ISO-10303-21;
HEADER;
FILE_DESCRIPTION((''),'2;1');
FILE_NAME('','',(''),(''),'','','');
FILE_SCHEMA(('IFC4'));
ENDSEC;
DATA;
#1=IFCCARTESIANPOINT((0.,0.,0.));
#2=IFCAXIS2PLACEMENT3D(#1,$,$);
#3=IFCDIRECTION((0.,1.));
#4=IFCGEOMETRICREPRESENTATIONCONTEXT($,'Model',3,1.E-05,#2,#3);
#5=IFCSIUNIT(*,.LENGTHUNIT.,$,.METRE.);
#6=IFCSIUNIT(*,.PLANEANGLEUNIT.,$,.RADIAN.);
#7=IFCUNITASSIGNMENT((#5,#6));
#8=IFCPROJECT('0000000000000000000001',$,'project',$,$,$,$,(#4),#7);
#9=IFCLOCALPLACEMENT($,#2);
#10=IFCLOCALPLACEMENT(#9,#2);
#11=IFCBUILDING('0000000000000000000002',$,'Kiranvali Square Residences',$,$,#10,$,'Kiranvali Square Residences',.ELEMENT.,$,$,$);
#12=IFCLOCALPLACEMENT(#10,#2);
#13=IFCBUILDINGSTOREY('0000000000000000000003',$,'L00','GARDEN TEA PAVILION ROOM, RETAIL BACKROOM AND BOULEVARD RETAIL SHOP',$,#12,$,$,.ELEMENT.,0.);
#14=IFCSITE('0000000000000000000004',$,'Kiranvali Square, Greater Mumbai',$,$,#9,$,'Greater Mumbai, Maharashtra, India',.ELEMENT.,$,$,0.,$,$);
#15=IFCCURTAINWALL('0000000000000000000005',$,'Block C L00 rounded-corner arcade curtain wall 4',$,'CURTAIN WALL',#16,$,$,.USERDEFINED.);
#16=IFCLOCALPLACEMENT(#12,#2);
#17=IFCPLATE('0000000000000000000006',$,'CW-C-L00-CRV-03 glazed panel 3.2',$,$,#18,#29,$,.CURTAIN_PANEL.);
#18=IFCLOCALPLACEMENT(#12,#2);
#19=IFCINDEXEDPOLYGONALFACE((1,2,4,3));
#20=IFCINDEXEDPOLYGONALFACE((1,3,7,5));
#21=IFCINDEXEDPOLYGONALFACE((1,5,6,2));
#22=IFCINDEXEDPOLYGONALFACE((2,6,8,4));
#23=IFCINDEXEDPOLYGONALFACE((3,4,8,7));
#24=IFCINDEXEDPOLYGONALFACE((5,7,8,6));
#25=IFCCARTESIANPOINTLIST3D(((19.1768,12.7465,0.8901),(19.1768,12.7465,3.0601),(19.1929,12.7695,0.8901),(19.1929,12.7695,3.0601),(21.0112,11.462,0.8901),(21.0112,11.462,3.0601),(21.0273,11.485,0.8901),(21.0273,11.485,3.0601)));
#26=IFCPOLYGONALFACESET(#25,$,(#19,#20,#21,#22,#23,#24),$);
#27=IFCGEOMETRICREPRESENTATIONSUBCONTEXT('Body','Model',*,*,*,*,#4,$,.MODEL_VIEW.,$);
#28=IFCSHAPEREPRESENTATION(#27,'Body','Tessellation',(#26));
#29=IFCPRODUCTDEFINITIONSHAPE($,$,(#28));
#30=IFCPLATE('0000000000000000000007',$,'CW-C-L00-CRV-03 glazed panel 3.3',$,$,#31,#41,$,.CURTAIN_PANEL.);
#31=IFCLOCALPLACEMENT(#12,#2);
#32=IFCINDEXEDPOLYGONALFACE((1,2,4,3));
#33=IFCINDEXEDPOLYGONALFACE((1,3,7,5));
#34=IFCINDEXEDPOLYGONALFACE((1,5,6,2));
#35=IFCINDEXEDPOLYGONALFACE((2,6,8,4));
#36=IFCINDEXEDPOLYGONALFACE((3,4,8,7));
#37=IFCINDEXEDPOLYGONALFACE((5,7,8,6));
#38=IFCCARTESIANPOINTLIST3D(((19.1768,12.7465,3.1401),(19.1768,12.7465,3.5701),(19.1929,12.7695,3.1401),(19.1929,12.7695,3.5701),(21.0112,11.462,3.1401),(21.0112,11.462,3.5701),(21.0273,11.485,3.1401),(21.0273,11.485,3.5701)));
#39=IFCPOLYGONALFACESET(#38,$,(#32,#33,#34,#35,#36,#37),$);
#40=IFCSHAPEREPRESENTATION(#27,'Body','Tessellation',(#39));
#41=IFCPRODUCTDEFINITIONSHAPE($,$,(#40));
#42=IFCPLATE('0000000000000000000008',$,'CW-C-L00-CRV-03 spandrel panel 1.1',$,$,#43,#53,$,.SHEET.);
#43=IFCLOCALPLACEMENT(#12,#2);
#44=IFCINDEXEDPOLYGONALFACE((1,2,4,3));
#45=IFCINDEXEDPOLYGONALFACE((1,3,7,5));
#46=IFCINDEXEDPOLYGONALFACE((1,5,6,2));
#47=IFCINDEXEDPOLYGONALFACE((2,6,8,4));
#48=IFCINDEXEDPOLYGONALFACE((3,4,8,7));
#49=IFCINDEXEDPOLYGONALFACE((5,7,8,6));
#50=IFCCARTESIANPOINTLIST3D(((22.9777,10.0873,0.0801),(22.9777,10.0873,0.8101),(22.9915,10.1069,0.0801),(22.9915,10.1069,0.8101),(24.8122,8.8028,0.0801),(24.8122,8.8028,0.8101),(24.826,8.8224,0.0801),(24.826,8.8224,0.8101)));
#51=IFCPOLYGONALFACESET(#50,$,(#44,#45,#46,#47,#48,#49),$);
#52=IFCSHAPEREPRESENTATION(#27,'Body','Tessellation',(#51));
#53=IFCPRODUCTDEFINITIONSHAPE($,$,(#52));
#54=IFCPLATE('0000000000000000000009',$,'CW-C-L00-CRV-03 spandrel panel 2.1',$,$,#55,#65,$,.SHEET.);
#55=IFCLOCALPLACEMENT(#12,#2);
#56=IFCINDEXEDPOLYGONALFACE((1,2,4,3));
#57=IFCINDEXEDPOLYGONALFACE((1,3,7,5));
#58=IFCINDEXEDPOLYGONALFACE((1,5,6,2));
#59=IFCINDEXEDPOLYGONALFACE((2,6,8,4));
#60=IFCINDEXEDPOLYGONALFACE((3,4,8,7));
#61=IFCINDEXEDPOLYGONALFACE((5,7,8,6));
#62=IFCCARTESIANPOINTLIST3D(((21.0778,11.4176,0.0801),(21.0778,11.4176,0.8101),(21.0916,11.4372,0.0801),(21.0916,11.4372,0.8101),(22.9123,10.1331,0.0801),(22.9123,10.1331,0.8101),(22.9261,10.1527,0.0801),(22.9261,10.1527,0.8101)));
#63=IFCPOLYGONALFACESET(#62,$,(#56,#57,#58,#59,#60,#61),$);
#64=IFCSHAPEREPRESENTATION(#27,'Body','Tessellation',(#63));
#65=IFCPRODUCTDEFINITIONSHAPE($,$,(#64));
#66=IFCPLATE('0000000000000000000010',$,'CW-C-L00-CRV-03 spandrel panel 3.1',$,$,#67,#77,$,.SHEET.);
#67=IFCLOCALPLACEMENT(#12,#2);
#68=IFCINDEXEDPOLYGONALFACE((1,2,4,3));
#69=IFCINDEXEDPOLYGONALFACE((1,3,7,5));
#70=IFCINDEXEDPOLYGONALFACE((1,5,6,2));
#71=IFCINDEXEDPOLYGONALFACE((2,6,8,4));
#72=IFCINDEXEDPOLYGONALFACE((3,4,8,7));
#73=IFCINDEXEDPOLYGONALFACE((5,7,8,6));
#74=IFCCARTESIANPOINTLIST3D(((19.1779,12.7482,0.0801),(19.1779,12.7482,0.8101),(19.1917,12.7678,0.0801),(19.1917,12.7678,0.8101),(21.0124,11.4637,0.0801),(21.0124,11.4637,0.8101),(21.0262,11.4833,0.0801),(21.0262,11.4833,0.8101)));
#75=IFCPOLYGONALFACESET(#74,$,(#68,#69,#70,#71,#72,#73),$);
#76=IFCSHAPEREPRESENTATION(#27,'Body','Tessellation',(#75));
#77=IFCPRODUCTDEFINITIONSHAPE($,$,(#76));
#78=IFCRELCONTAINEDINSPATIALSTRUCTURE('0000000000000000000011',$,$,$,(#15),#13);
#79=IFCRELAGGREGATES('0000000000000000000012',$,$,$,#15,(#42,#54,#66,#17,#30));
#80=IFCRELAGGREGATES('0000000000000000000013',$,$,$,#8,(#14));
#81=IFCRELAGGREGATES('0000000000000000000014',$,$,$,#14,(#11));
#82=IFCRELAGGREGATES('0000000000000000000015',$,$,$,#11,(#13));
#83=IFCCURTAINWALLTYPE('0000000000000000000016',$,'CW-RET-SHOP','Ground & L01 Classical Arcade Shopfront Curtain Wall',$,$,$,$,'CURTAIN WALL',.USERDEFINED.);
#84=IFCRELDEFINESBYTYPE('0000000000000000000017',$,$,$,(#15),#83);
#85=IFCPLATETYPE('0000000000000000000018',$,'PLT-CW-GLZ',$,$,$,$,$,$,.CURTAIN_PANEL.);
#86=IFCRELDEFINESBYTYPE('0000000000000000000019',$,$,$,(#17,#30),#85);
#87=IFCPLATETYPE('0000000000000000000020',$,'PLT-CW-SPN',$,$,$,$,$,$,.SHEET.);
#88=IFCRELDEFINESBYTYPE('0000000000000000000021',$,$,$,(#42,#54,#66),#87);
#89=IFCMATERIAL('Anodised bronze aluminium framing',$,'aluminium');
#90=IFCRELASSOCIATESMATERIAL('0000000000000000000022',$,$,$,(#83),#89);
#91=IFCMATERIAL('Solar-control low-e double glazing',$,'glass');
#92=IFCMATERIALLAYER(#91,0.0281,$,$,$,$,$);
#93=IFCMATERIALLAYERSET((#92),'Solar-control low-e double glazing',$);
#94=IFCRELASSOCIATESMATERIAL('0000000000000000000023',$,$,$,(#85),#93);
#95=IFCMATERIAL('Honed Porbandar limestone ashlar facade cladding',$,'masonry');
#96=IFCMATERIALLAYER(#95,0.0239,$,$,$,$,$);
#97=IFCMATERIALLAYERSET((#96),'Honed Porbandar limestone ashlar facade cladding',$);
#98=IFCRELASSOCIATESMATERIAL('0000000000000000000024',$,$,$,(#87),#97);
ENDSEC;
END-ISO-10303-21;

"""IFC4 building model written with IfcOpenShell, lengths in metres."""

from ifc_helpers import new_model, si_unit, direction, frame, origin, origin_2d, place, context, subcontext, project, spatial, rectangle, extrude, material, layer, layer_set, type_object, element, aggregate, save


model = new_model("IFC4")

# Units and contexts
model_context = context("Model", 3, precision=1e-05, world=origin(), true_north=direction((0.0, 1.0)))
body_context = subcontext(model_context, "Body", "Model", "MODEL_VIEW")
ifc_project = project(units=[si_unit("LENGTHUNIT", "METRE"), si_unit("PLANEANGLEUNIT", "RADIAN")], contexts=[model_context])

# Site, building, storey
site_placement = place(None, origin())
site = spatial("IfcSite", under=ifc_project, at=site_placement, Name="Kiranvali Square, Greater Mumbai", LongName="Greater Mumbai, Maharashtra, India", CompositionType="ELEMENT", RefElevation=0.0)
building_placement = place(site_placement, origin())
building = spatial("IfcBuilding", under=site, at=building_placement, Name="Kiranvali Square Residences", LongName="Kiranvali Square Residences", CompositionType="ELEMENT")
storey_placement = place(building_placement, origin())
storey = spatial("IfcBuildingStorey", under=building, at=storey_placement, Name="L00", Description="GARDEN TEA PAVILION ROOM, RETAIL BACKROOM AND BOULEVARD RETAIL SHOP", CompositionType="ELEMENT", Elevation=0.0)

# Shared definitions
ifc_material_1 = material(Name="Anodised bronze aluminium framing", Category="aluminium")
curtain_wall_type = type_object("IfcCurtainWallType", Name="CW-RET-SHOP", Description="Ground & L01 Classical Arcade Shopfront Curtain Wall", ElementType="CURTAIN WALL", PredefinedType="USERDEFINED", material=ifc_material_1)

# Curtain wall
curtain_wall_1_placement = place(storey_placement, origin())
curtain_wall_1 = element("IfcCurtainWall", 1, at=curtain_wall_1_placement, inside=storey, type_object=curtain_wall_type, Name="Block C L00 rounded-corner arcade curtain wall 4", ObjectType="CURTAIN WALL", PredefinedType="USERDEFINED")

# Plates
ifc_material_2 = material(Name="Solar-control low-e double glazing", Category="glass")
ifc_layer_1 = layer(ifc_material_2, 0.0281)
ifc_layer_set_1 = layer_set([ifc_layer_1], Name="Solar-control low-e double glazing")
plate_type_1 = type_object("IfcPlateType", Name="PLT-CW-GLZ", PredefinedType="CURTAIN_PANEL", material=ifc_layer_set_1)
plate_1_placement = place(storey_placement, frame((20.1021, 12.1157, 0.8901), z_axis=(0.0, 0.0, 1.0), x_axis=(-0.819152, 0.573576, 0.0)))
plate_1 = element("IfcPlate", 2, at=plate_1_placement, type_object=plate_type_1, Name="CW-C-L00-CRV-03 glazed panel 3.2", PredefinedType="CURTAIN_PANEL", context=body_context, shape_type="SweptSolid", body=[
    extrude(rectangle(XDim=2.2395, YDim=0.0281, at=origin_2d()), origin(), (0.0, 0.0, 1.0), 2.1699),
])
plate_2_placement = place(storey_placement, frame((20.1021, 12.1157, 3.1401), z_axis=(0.0, 0.0, 1.0), x_axis=(-0.819152, 0.573576, 0.0)))
plate_2 = element("IfcPlate", 3, at=plate_2_placement, type_object=plate_type_1, Name="CW-C-L00-CRV-03 glazed panel 3.3", PredefinedType="CURTAIN_PANEL", context=body_context, shape_type="SweptSolid", body=[
    extrude(rectangle(XDim=2.2395, YDim=0.0281, at=origin_2d()), origin(), (0.0, 0.0, 1.0), 0.4299),
])
ifc_material_3 = material(Name="Honed Porbandar limestone ashlar facade cladding", Category="masonry")
ifc_layer_2 = layer(ifc_material_3, 0.0239)
ifc_layer_set_2 = layer_set([ifc_layer_2], Name="Honed Porbandar limestone ashlar facade cladding")
plate_type_2 = type_object("IfcPlateType", Name="PLT-CW-SPN", PredefinedType="SHEET", material=ifc_layer_set_2)
plate_3_placement = place(storey_placement, frame((23.9019, 9.4548, 0.0801), z_axis=(0.0, 0.0, 1.0), x_axis=(-0.819152, 0.573576, 0.0)))
plate_3 = element("IfcPlate", 4, at=plate_3_placement, type_object=plate_type_2, Name="CW-C-L00-CRV-03 spandrel panel 1.1", PredefinedType="SHEET", context=body_context, shape_type="SweptSolid", body=[
    extrude(rectangle(XDim=2.2395, YDim=0.0239, at=origin_2d()), origin(), (0.0, 0.0, 1.0), 0.73),
])
plate_4_placement = place(storey_placement, frame((22.002, 10.7852, 0.0801), z_axis=(0.0, 0.0, 1.0), x_axis=(-0.819152, 0.573576, 0.0)))
plate_4 = element("IfcPlate", 5, at=plate_4_placement, type_object=plate_type_2, Name="CW-C-L00-CRV-03 spandrel panel 2.1", PredefinedType="SHEET", context=body_context, shape_type="SweptSolid", body=[
    extrude(rectangle(XDim=2.2395, YDim=0.0239, at=origin_2d()), origin(), (0.0, 0.0, 1.0), 0.73),
])
plate_5_placement = place(storey_placement, frame((20.1021, 12.1157, 0.0801), z_axis=(0.0, 0.0, 1.0), x_axis=(-0.819152, 0.573576, 0.0)))
plate_5 = element("IfcPlate", 6, at=plate_5_placement, type_object=plate_type_2, Name="CW-C-L00-CRV-03 spandrel panel 3.1", PredefinedType="SHEET", context=body_context, shape_type="SweptSolid", body=[
    extrude(rectangle(XDim=2.2395, YDim=0.0239, at=origin_2d()), origin(), (0.0, 0.0, 1.0), 0.73),
])
aggregate(curtain_wall_1, [plate_3, plate_4, plate_5, plate_1, plate_2])

save(model, "model.ifc")
